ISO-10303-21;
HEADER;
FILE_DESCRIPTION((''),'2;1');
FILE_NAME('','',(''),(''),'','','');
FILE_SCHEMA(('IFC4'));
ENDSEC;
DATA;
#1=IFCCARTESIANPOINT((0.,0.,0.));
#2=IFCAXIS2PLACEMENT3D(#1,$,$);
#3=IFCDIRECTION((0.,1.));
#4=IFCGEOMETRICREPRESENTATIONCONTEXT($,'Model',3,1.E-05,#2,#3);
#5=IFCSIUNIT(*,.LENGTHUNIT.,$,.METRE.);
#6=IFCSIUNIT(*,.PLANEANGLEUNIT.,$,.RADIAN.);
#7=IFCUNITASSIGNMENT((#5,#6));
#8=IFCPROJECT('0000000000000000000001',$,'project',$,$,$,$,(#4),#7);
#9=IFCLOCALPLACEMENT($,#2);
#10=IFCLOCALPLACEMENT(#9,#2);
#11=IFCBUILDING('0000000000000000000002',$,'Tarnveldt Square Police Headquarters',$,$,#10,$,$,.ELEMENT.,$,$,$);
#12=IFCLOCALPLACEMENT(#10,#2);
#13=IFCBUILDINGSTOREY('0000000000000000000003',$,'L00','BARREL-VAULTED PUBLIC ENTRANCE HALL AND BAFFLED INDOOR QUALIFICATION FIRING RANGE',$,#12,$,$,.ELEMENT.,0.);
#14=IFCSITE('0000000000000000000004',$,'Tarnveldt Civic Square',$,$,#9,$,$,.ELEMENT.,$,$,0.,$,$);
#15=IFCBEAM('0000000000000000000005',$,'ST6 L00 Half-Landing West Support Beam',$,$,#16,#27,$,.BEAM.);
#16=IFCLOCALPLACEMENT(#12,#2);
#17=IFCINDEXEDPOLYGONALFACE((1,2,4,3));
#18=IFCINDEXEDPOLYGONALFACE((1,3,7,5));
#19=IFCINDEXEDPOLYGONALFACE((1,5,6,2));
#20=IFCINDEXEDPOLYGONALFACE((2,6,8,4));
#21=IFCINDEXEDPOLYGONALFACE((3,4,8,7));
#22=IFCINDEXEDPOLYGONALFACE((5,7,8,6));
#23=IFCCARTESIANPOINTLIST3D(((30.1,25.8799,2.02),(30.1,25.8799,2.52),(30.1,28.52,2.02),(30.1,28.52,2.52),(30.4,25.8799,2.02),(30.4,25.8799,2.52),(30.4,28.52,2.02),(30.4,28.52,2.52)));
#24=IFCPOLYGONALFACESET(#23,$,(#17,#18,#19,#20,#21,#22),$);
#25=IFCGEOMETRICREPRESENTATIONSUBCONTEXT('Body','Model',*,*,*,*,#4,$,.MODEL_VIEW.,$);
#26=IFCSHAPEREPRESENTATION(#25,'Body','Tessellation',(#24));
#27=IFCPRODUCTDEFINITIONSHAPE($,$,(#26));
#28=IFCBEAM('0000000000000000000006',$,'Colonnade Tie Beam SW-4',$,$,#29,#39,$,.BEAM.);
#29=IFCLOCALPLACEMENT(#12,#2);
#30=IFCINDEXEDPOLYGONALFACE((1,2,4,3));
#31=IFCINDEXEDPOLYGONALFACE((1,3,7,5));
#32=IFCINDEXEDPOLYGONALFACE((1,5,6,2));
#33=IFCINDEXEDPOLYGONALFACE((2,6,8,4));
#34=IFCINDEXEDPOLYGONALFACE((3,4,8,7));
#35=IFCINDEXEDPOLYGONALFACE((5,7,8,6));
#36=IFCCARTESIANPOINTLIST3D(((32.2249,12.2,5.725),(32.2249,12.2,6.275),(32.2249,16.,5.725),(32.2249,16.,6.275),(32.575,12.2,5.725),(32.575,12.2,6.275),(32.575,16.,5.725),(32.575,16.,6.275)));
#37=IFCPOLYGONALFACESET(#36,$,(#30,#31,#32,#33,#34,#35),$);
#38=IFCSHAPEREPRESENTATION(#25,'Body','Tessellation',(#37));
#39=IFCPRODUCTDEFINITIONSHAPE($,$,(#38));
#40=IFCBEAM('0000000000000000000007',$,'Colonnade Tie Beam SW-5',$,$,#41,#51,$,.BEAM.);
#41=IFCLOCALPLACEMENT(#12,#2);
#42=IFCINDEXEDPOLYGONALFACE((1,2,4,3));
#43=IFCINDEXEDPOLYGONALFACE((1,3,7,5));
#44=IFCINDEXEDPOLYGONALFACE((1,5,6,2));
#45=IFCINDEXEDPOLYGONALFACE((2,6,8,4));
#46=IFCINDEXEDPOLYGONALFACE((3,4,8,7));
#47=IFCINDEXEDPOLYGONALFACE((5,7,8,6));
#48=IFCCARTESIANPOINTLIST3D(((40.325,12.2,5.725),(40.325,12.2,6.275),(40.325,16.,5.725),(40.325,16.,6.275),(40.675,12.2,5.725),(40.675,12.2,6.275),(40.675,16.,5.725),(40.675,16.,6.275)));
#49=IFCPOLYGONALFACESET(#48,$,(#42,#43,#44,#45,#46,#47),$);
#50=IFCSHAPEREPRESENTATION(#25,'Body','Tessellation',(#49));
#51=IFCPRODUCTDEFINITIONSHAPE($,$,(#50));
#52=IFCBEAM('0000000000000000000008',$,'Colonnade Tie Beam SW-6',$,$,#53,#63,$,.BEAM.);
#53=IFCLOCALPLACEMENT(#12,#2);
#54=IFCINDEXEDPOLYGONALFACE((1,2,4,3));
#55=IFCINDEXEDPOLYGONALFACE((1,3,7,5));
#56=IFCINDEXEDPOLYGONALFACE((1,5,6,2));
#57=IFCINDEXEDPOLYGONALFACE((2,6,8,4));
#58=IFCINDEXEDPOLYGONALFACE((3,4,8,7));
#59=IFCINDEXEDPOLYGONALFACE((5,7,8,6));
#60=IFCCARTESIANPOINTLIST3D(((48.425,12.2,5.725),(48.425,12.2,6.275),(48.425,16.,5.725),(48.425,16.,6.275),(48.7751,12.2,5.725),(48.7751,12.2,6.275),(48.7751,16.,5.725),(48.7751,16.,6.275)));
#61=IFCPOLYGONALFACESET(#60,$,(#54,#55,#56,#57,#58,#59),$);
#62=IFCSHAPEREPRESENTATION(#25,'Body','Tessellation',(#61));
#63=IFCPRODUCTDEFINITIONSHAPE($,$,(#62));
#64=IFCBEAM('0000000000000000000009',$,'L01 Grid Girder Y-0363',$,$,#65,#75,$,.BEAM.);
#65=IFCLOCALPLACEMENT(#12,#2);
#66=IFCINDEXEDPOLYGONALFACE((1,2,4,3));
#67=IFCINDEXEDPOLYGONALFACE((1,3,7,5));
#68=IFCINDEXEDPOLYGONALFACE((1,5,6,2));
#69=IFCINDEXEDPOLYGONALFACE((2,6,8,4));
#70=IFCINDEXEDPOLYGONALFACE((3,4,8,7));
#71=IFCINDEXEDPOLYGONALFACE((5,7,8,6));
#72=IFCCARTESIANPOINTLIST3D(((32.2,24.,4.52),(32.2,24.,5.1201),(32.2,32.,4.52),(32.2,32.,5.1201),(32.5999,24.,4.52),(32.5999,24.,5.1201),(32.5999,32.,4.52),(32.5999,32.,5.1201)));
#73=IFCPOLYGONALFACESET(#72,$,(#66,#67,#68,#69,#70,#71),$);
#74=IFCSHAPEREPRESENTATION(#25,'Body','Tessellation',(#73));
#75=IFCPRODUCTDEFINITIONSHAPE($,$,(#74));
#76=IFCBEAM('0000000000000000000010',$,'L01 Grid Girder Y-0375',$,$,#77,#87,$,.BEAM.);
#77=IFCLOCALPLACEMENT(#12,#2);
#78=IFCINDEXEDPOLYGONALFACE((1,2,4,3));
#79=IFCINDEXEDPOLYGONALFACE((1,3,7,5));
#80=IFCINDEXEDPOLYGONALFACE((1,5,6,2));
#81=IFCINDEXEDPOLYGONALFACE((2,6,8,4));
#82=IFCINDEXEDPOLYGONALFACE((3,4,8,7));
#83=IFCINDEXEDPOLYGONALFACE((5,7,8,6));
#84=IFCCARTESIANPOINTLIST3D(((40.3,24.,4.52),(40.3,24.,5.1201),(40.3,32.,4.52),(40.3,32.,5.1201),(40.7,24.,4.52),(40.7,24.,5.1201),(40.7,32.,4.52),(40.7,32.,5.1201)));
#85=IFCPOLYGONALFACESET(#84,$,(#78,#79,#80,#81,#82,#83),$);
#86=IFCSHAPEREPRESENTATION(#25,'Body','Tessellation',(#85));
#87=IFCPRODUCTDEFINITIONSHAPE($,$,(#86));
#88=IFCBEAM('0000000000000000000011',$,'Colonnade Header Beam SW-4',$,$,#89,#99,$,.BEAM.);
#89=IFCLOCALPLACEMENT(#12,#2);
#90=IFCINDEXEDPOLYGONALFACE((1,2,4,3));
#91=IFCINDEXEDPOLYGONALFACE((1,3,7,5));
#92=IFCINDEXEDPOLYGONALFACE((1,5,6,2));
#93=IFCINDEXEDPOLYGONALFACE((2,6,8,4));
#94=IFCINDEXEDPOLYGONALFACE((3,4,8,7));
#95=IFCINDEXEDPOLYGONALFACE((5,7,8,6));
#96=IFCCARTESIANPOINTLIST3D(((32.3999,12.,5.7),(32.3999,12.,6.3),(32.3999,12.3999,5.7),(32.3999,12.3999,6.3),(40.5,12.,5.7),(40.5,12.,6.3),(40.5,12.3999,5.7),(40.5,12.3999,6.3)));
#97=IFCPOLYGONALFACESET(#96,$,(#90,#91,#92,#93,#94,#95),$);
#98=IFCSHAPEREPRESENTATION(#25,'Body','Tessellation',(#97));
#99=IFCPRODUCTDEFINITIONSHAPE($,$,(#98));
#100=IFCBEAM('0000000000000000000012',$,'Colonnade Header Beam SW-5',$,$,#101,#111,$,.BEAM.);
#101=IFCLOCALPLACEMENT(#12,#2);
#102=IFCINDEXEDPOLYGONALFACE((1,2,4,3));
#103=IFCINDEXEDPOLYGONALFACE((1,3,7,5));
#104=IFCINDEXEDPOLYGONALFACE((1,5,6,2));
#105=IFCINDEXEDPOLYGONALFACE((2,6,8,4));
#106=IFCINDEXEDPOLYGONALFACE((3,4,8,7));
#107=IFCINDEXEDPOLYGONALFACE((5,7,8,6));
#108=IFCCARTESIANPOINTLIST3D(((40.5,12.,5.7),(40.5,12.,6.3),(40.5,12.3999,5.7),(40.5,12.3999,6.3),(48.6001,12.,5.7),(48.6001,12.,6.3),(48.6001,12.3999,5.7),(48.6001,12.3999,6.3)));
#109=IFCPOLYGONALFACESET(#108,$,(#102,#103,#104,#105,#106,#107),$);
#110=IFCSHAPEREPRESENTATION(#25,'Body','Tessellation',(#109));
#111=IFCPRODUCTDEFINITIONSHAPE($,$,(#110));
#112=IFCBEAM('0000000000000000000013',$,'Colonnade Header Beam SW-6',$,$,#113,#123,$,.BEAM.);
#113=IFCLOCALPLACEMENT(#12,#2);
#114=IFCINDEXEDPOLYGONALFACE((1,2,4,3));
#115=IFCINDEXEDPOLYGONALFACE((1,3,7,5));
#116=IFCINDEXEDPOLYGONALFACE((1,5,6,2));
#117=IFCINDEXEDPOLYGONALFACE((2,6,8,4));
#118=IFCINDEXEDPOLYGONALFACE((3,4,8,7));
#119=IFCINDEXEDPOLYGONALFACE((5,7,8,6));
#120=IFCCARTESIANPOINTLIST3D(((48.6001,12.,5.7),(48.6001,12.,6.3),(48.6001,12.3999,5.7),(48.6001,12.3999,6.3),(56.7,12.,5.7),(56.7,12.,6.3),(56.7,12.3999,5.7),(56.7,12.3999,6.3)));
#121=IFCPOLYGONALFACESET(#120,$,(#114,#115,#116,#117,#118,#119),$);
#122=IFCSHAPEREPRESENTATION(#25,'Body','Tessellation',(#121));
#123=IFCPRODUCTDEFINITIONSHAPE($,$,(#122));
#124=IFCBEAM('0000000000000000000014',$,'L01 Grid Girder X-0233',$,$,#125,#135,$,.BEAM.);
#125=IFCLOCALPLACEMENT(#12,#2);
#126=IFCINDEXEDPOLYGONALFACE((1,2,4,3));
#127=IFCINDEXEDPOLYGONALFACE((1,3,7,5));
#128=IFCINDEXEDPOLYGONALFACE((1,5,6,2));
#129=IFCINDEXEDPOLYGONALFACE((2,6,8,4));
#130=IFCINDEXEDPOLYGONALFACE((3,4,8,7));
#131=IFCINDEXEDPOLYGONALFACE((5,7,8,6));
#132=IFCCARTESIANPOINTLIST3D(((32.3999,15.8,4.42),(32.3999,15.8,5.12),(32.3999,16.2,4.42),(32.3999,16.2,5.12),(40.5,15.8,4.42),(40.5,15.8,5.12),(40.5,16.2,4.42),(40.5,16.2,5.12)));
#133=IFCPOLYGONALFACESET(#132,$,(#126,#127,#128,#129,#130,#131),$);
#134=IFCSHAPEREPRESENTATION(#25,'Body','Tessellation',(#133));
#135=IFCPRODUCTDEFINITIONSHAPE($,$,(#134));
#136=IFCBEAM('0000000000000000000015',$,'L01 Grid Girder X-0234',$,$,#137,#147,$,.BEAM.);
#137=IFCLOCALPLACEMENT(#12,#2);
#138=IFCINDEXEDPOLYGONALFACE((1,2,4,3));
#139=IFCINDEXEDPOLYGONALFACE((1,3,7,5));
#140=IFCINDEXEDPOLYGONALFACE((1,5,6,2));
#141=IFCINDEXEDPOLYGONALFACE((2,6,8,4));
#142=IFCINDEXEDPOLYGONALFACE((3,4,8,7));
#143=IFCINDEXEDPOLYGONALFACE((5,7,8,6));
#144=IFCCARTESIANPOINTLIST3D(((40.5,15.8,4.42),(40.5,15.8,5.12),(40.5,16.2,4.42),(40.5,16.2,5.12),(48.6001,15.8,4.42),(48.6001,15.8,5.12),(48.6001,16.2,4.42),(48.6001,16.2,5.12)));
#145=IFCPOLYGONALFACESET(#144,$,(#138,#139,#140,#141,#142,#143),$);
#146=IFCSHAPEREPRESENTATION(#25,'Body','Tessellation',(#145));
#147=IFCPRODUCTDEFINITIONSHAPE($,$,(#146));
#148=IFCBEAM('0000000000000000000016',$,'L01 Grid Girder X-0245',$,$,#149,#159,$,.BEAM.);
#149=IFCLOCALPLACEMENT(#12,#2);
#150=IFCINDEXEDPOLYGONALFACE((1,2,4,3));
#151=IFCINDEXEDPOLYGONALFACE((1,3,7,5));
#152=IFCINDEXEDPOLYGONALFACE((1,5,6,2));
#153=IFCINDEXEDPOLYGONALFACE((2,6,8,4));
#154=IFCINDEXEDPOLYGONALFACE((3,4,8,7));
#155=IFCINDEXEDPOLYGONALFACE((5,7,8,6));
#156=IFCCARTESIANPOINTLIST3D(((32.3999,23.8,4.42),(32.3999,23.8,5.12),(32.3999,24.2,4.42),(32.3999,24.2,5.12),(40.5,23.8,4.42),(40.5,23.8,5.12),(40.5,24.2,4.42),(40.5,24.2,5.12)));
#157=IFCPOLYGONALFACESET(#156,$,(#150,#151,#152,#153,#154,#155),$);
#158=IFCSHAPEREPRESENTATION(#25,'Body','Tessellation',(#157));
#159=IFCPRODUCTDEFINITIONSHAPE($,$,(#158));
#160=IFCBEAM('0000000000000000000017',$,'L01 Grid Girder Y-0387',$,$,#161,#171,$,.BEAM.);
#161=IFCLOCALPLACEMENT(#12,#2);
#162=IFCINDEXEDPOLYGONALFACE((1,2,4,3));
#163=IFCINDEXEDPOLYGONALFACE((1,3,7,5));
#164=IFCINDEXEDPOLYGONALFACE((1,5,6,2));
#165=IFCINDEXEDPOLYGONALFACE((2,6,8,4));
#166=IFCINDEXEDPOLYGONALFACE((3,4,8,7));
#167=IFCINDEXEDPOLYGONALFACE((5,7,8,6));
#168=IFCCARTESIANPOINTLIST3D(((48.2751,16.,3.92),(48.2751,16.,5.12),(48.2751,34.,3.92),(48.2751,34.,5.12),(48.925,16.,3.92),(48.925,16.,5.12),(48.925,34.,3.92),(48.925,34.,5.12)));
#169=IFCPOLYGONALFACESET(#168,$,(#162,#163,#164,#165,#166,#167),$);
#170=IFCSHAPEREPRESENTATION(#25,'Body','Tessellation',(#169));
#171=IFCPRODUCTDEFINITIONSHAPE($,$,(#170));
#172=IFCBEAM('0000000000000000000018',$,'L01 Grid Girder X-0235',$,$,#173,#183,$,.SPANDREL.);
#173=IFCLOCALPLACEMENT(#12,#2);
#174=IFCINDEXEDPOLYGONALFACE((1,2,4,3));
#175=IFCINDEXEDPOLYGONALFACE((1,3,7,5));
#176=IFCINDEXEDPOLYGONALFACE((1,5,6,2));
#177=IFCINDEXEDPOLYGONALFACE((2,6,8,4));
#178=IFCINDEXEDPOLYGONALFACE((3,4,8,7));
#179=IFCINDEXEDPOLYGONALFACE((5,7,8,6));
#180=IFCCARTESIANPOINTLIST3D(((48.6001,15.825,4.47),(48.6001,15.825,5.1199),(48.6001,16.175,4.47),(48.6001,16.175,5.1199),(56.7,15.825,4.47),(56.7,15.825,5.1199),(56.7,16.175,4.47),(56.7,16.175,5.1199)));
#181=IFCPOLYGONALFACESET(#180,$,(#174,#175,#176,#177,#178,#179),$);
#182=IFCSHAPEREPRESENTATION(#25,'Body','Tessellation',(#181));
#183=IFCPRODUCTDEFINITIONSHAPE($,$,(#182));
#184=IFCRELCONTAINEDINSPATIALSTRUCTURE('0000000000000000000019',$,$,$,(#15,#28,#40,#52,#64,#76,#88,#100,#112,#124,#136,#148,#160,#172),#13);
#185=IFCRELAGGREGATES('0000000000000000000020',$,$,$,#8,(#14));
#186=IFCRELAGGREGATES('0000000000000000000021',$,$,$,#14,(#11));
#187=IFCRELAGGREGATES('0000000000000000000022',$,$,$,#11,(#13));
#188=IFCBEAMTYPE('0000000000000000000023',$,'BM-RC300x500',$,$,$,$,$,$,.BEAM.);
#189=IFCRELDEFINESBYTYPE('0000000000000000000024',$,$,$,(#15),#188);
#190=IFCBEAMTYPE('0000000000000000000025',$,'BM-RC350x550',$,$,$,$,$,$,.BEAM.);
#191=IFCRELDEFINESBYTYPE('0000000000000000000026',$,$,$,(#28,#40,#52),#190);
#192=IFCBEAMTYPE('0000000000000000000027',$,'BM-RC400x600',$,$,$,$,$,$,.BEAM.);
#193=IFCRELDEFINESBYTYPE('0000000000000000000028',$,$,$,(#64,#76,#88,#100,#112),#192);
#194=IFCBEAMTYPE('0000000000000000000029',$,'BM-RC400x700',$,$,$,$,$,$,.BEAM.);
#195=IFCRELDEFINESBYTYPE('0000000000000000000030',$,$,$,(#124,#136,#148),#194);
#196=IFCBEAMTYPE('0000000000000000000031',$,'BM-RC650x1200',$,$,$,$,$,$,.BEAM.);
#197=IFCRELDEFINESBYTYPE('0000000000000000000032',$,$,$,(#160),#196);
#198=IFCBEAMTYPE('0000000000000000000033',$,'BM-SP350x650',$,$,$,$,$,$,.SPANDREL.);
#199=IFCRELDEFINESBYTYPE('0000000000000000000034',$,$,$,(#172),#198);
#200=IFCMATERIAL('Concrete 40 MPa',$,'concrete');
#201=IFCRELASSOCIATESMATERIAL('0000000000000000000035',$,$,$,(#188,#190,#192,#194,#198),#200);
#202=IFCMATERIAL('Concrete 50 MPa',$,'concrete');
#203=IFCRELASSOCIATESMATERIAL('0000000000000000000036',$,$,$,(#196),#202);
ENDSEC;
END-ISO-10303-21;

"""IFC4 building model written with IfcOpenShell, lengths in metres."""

from ifc_helpers import new_model, si_unit, direction, frame, origin, origin_2d, place, context, subcontext, project, spatial, rectangle, extrude, material, material_profile, profile_set, type_object, element, save


model = new_model("IFC4")

# Units and contexts
model_context = context("Model", 3, precision=1e-05, world=origin(), true_north=direction((0.0, 1.0)))
body_context = subcontext(model_context, "Body", "Model", "MODEL_VIEW")
ifc_project = project(units=[si_unit("LENGTHUNIT", "METRE"), si_unit("PLANEANGLEUNIT", "RADIAN")], contexts=[model_context])

# Site, building, storey
site_placement = place(None, origin())
site = spatial("IfcSite", under=ifc_project, at=site_placement, Name="Tarnveldt Civic Square", CompositionType="ELEMENT", RefElevation=0.0)
building_placement = place(site_placement, origin())
building = spatial("IfcBuilding", under=site, at=building_placement, Name="Tarnveldt Square Police Headquarters", CompositionType="ELEMENT")
storey_placement = place(building_placement, origin())
storey = spatial("IfcBuildingStorey", under=building, at=storey_placement, Name="L00", Description="BARREL-VAULTED PUBLIC ENTRANCE HALL AND BAFFLED INDOOR QUALIFICATION FIRING RANGE", CompositionType="ELEMENT", Elevation=0.0)

# Shared definitions
ifc_material_1 = material(Name="Concrete 40 MPa", Category="concrete")
ifc_material_2 = material(Name="Concrete 50 MPa", Category="concrete")

# Beams
ifc_material_profile_1 = material_profile(ifc_material_1, rectangle(XDim=0.3, YDim=0.5, at=origin_2d()), Name="RC-B300x500")
ifc_profile_set_1 = profile_set([ifc_material_profile_1], Name="Concrete 40 MPa")
beam_type_1 = type_object("IfcBeamType", Name="BM-RC300x500", PredefinedType="BEAM", material=ifc_profile_set_1)
beam_1_placement = place(storey_placement, frame((30.25, 25.8799, 2.27), z_axis=(0.0, 1.0, 0.0), x_axis=(-1.0, 0.0, 0.0)))
element("IfcBeam", 1, at=beam_1_placement, inside=storey, type_object=beam_type_1, Name="ST6 L00 Half-Landing West Support Beam", PredefinedType="BEAM", context=body_context, shape_type="SweptSolid", body=[
    extrude(rectangle(XDim=0.3, YDim=0.5, at=origin_2d()), origin(), (0.0, 0.0, 1.0), 2.6401),
])
ifc_material_profile_2 = material_profile(ifc_material_1, rectangle(XDim=0.3501, YDim=0.55, at=origin_2d()), Name="RC-B350x550")
ifc_profile_set_2 = profile_set([ifc_material_profile_2], Name="Concrete 40 MPa")
beam_type_2 = type_object("IfcBeamType", Name="BM-RC350x550", PredefinedType="BEAM", material=ifc_profile_set_2)
for number, where, z_axis, x_axis, name in (
    (2, (32.3999, 12.2, 6.0), (0.0, 1.0, 0.0), (-1.0, 0.0, 0.0), "Colonnade Tie Beam SW-4"),
    (3, (40.5, 12.2, 6.0), (0.0, 1.0, 0.0), (-1.0, 0.0, 0.0), "Colonnade Tie Beam SW-5"),
    (4, (48.6001, 12.2, 6.0), (0.0, 1.0, 0.0), (-1.0, 0.0, 0.0), "Colonnade Tie Beam SW-6"),
):
    element("IfcBeam", number, at=place(storey_placement, frame(where, z_axis=z_axis, x_axis=x_axis)), inside=storey, type_object=beam_type_2, Name=name, PredefinedType="BEAM", context=body_context, shape_type="SweptSolid", body=[
        extrude(rectangle(XDim=0.3501, YDim=0.55, at=origin_2d()), origin(), (0.0, 0.0, 1.0), 3.8),
    ])
ifc_material_profile_3 = material_profile(ifc_material_1, rectangle(XDim=0.3999, YDim=0.6001, at=origin_2d()), Name="RC-B400x600")
ifc_profile_set_3 = profile_set([ifc_material_profile_3], Name="Concrete 40 MPa")
beam_type_3 = type_object("IfcBeamType", Name="BM-RC400x600", PredefinedType="BEAM", material=ifc_profile_set_3)
for number, where, z_axis, x_axis, name in (
    (5, (32.3999, 24.0, 4.8201), (0.0, 1.0, 0.0), (-1.0, 0.0, 0.0), "L01 Grid Girder Y-0363"),
    (6, (40.5, 24.0, 4.8201), (0.0, 1.0, 0.0), (-1.0, 0.0, 0.0), "L01 Grid Girder Y-0375"),
):
    element("IfcBeam", number, at=place(storey_placement, frame(where, z_axis=z_axis, x_axis=x_axis)), inside=storey, type_object=beam_type_3, Name=name, PredefinedType="BEAM", context=body_context, shape_type="SweptSolid", body=[
        extrude(rectangle(XDim=0.3999, YDim=0.6001, at=origin_2d()), origin(), (0.0, 0.0, 1.0), 8.0),
    ])
for number, where, z_axis, x_axis, name in (
    (7, (32.3999, 12.2, 6.0), (1.0, 0.0, 0.0), (0.0, 1.0, 0.0), "Colonnade Header Beam SW-4"),
    (8, (40.5, 12.2, 6.0), (1.0, 0.0, 0.0), (0.0, 1.0, 0.0), "Colonnade Header Beam SW-5"),
):
    element("IfcBeam", number, at=place(storey_placement, frame(where, z_axis=z_axis, x_axis=x_axis)), inside=storey, type_object=beam_type_3, Name=name, PredefinedType="BEAM", context=body_context, shape_type="SweptSolid", body=[
        extrude(rectangle(XDim=0.3999, YDim=0.6001, at=origin_2d()), origin(), (0.0, 0.0, 1.0), 8.1001),
    ])
beam_2_placement = place(storey_placement, frame((48.6001, 12.2, 6.0), z_axis=(1.0, 0.0, 0.0), x_axis=(0.0, 1.0, 0.0)))
element("IfcBeam", 9, at=beam_2_placement, inside=storey, type_object=beam_type_3, Name="Colonnade Header Beam SW-6", PredefinedType="BEAM", context=body_context, shape_type="SweptSolid", body=[
    extrude(rectangle(XDim=0.3999, YDim=0.6001, at=origin_2d()), origin(), (0.0, 0.0, 1.0), 8.0999),
])
ifc_material_profile_4 = material_profile(ifc_material_1, rectangle(XDim=0.3999, YDim=0.7, at=origin_2d()), Name="RC-B400x700")
ifc_profile_set_4 = profile_set([ifc_material_profile_4], Name="Concrete 40 MPa")
beam_type_4 = type_object("IfcBeamType", Name="BM-RC400x700", PredefinedType="BEAM", material=ifc_profile_set_4)
for number, where, z_axis, x_axis, name in (
    (10, (32.3999, 16.0, 4.77), (1.0, 0.0, 0.0), (0.0, 1.0, 0.0), "L01 Grid Girder X-0233"),
    (11, (40.5, 16.0, 4.77), (1.0, 0.0, 0.0), (0.0, 1.0, 0.0), "L01 Grid Girder X-0234"),
    (12, (32.3999, 24.0, 4.77), (1.0, 0.0, 0.0), (0.0, 1.0, 0.0), "L01 Grid Girder X-0245"),
):
    element("IfcBeam", number, at=place(storey_placement, frame(where, z_axis=z_axis, x_axis=x_axis)), inside=storey, type_object=beam_type_4, Name=name, PredefinedType="BEAM", context=body_context, shape_type="SweptSolid", body=[
        extrude(rectangle(XDim=0.3999, YDim=0.7, at=origin_2d()), origin(), (0.0, 0.0, 1.0), 8.1001),
    ])
ifc_material_profile_5 = material_profile(ifc_material_2, rectangle(XDim=0.6499, YDim=1.2, at=origin_2d()), Name="RC-B650x1200")
ifc_profile_set_5 = profile_set([ifc_material_profile_5], Name="Concrete 50 MPa")
beam_type_5 = type_object("IfcBeamType", Name="BM-RC650x1200", PredefinedType="BEAM", material=ifc_profile_set_5)
beam_3_placement = place(storey_placement, frame((48.6001, 16.0, 4.52), z_axis=(0.0, 1.0, 0.0), x_axis=(-1.0, 0.0, 0.0)))
element("IfcBeam", 13, at=beam_3_placement, inside=storey, type_object=beam_type_5, Name="L01 Grid Girder Y-0387", PredefinedType="BEAM", context=body_context, shape_type="SweptSolid", body=[
    extrude(rectangle(XDim=0.6499, YDim=1.2, at=origin_2d()), origin(), (0.0, 0.0, 1.0), 18.0),
])
ifc_material_profile_6 = material_profile(ifc_material_1, rectangle(XDim=0.3501, YDim=0.6499, at=origin_2d()), Name="RC-SP350x650")
ifc_profile_set_6 = profile_set([ifc_material_profile_6], Name="Concrete 40 MPa")
beam_type_6 = type_object("IfcBeamType", Name="BM-SP350x650", PredefinedType="SPANDREL", material=ifc_profile_set_6)
beam_4_placement = place(storey_placement, frame((48.6001, 16.0, 4.7949), z_axis=(1.0, 0.0, 0.0), x_axis=(0.0, 1.0, 0.0)))
element("IfcBeam", 14, at=beam_4_placement, inside=storey, type_object=beam_type_6, Name="L01 Grid Girder X-0235", PredefinedType="SPANDREL", context=body_context, shape_type="SweptSolid", body=[
    extrude(rectangle(XDim=0.3501, YDim=0.6499, at=origin_2d()), origin(), (0.0, 0.0, 1.0), 8.0999),
])

save(model, "model.ifc")
